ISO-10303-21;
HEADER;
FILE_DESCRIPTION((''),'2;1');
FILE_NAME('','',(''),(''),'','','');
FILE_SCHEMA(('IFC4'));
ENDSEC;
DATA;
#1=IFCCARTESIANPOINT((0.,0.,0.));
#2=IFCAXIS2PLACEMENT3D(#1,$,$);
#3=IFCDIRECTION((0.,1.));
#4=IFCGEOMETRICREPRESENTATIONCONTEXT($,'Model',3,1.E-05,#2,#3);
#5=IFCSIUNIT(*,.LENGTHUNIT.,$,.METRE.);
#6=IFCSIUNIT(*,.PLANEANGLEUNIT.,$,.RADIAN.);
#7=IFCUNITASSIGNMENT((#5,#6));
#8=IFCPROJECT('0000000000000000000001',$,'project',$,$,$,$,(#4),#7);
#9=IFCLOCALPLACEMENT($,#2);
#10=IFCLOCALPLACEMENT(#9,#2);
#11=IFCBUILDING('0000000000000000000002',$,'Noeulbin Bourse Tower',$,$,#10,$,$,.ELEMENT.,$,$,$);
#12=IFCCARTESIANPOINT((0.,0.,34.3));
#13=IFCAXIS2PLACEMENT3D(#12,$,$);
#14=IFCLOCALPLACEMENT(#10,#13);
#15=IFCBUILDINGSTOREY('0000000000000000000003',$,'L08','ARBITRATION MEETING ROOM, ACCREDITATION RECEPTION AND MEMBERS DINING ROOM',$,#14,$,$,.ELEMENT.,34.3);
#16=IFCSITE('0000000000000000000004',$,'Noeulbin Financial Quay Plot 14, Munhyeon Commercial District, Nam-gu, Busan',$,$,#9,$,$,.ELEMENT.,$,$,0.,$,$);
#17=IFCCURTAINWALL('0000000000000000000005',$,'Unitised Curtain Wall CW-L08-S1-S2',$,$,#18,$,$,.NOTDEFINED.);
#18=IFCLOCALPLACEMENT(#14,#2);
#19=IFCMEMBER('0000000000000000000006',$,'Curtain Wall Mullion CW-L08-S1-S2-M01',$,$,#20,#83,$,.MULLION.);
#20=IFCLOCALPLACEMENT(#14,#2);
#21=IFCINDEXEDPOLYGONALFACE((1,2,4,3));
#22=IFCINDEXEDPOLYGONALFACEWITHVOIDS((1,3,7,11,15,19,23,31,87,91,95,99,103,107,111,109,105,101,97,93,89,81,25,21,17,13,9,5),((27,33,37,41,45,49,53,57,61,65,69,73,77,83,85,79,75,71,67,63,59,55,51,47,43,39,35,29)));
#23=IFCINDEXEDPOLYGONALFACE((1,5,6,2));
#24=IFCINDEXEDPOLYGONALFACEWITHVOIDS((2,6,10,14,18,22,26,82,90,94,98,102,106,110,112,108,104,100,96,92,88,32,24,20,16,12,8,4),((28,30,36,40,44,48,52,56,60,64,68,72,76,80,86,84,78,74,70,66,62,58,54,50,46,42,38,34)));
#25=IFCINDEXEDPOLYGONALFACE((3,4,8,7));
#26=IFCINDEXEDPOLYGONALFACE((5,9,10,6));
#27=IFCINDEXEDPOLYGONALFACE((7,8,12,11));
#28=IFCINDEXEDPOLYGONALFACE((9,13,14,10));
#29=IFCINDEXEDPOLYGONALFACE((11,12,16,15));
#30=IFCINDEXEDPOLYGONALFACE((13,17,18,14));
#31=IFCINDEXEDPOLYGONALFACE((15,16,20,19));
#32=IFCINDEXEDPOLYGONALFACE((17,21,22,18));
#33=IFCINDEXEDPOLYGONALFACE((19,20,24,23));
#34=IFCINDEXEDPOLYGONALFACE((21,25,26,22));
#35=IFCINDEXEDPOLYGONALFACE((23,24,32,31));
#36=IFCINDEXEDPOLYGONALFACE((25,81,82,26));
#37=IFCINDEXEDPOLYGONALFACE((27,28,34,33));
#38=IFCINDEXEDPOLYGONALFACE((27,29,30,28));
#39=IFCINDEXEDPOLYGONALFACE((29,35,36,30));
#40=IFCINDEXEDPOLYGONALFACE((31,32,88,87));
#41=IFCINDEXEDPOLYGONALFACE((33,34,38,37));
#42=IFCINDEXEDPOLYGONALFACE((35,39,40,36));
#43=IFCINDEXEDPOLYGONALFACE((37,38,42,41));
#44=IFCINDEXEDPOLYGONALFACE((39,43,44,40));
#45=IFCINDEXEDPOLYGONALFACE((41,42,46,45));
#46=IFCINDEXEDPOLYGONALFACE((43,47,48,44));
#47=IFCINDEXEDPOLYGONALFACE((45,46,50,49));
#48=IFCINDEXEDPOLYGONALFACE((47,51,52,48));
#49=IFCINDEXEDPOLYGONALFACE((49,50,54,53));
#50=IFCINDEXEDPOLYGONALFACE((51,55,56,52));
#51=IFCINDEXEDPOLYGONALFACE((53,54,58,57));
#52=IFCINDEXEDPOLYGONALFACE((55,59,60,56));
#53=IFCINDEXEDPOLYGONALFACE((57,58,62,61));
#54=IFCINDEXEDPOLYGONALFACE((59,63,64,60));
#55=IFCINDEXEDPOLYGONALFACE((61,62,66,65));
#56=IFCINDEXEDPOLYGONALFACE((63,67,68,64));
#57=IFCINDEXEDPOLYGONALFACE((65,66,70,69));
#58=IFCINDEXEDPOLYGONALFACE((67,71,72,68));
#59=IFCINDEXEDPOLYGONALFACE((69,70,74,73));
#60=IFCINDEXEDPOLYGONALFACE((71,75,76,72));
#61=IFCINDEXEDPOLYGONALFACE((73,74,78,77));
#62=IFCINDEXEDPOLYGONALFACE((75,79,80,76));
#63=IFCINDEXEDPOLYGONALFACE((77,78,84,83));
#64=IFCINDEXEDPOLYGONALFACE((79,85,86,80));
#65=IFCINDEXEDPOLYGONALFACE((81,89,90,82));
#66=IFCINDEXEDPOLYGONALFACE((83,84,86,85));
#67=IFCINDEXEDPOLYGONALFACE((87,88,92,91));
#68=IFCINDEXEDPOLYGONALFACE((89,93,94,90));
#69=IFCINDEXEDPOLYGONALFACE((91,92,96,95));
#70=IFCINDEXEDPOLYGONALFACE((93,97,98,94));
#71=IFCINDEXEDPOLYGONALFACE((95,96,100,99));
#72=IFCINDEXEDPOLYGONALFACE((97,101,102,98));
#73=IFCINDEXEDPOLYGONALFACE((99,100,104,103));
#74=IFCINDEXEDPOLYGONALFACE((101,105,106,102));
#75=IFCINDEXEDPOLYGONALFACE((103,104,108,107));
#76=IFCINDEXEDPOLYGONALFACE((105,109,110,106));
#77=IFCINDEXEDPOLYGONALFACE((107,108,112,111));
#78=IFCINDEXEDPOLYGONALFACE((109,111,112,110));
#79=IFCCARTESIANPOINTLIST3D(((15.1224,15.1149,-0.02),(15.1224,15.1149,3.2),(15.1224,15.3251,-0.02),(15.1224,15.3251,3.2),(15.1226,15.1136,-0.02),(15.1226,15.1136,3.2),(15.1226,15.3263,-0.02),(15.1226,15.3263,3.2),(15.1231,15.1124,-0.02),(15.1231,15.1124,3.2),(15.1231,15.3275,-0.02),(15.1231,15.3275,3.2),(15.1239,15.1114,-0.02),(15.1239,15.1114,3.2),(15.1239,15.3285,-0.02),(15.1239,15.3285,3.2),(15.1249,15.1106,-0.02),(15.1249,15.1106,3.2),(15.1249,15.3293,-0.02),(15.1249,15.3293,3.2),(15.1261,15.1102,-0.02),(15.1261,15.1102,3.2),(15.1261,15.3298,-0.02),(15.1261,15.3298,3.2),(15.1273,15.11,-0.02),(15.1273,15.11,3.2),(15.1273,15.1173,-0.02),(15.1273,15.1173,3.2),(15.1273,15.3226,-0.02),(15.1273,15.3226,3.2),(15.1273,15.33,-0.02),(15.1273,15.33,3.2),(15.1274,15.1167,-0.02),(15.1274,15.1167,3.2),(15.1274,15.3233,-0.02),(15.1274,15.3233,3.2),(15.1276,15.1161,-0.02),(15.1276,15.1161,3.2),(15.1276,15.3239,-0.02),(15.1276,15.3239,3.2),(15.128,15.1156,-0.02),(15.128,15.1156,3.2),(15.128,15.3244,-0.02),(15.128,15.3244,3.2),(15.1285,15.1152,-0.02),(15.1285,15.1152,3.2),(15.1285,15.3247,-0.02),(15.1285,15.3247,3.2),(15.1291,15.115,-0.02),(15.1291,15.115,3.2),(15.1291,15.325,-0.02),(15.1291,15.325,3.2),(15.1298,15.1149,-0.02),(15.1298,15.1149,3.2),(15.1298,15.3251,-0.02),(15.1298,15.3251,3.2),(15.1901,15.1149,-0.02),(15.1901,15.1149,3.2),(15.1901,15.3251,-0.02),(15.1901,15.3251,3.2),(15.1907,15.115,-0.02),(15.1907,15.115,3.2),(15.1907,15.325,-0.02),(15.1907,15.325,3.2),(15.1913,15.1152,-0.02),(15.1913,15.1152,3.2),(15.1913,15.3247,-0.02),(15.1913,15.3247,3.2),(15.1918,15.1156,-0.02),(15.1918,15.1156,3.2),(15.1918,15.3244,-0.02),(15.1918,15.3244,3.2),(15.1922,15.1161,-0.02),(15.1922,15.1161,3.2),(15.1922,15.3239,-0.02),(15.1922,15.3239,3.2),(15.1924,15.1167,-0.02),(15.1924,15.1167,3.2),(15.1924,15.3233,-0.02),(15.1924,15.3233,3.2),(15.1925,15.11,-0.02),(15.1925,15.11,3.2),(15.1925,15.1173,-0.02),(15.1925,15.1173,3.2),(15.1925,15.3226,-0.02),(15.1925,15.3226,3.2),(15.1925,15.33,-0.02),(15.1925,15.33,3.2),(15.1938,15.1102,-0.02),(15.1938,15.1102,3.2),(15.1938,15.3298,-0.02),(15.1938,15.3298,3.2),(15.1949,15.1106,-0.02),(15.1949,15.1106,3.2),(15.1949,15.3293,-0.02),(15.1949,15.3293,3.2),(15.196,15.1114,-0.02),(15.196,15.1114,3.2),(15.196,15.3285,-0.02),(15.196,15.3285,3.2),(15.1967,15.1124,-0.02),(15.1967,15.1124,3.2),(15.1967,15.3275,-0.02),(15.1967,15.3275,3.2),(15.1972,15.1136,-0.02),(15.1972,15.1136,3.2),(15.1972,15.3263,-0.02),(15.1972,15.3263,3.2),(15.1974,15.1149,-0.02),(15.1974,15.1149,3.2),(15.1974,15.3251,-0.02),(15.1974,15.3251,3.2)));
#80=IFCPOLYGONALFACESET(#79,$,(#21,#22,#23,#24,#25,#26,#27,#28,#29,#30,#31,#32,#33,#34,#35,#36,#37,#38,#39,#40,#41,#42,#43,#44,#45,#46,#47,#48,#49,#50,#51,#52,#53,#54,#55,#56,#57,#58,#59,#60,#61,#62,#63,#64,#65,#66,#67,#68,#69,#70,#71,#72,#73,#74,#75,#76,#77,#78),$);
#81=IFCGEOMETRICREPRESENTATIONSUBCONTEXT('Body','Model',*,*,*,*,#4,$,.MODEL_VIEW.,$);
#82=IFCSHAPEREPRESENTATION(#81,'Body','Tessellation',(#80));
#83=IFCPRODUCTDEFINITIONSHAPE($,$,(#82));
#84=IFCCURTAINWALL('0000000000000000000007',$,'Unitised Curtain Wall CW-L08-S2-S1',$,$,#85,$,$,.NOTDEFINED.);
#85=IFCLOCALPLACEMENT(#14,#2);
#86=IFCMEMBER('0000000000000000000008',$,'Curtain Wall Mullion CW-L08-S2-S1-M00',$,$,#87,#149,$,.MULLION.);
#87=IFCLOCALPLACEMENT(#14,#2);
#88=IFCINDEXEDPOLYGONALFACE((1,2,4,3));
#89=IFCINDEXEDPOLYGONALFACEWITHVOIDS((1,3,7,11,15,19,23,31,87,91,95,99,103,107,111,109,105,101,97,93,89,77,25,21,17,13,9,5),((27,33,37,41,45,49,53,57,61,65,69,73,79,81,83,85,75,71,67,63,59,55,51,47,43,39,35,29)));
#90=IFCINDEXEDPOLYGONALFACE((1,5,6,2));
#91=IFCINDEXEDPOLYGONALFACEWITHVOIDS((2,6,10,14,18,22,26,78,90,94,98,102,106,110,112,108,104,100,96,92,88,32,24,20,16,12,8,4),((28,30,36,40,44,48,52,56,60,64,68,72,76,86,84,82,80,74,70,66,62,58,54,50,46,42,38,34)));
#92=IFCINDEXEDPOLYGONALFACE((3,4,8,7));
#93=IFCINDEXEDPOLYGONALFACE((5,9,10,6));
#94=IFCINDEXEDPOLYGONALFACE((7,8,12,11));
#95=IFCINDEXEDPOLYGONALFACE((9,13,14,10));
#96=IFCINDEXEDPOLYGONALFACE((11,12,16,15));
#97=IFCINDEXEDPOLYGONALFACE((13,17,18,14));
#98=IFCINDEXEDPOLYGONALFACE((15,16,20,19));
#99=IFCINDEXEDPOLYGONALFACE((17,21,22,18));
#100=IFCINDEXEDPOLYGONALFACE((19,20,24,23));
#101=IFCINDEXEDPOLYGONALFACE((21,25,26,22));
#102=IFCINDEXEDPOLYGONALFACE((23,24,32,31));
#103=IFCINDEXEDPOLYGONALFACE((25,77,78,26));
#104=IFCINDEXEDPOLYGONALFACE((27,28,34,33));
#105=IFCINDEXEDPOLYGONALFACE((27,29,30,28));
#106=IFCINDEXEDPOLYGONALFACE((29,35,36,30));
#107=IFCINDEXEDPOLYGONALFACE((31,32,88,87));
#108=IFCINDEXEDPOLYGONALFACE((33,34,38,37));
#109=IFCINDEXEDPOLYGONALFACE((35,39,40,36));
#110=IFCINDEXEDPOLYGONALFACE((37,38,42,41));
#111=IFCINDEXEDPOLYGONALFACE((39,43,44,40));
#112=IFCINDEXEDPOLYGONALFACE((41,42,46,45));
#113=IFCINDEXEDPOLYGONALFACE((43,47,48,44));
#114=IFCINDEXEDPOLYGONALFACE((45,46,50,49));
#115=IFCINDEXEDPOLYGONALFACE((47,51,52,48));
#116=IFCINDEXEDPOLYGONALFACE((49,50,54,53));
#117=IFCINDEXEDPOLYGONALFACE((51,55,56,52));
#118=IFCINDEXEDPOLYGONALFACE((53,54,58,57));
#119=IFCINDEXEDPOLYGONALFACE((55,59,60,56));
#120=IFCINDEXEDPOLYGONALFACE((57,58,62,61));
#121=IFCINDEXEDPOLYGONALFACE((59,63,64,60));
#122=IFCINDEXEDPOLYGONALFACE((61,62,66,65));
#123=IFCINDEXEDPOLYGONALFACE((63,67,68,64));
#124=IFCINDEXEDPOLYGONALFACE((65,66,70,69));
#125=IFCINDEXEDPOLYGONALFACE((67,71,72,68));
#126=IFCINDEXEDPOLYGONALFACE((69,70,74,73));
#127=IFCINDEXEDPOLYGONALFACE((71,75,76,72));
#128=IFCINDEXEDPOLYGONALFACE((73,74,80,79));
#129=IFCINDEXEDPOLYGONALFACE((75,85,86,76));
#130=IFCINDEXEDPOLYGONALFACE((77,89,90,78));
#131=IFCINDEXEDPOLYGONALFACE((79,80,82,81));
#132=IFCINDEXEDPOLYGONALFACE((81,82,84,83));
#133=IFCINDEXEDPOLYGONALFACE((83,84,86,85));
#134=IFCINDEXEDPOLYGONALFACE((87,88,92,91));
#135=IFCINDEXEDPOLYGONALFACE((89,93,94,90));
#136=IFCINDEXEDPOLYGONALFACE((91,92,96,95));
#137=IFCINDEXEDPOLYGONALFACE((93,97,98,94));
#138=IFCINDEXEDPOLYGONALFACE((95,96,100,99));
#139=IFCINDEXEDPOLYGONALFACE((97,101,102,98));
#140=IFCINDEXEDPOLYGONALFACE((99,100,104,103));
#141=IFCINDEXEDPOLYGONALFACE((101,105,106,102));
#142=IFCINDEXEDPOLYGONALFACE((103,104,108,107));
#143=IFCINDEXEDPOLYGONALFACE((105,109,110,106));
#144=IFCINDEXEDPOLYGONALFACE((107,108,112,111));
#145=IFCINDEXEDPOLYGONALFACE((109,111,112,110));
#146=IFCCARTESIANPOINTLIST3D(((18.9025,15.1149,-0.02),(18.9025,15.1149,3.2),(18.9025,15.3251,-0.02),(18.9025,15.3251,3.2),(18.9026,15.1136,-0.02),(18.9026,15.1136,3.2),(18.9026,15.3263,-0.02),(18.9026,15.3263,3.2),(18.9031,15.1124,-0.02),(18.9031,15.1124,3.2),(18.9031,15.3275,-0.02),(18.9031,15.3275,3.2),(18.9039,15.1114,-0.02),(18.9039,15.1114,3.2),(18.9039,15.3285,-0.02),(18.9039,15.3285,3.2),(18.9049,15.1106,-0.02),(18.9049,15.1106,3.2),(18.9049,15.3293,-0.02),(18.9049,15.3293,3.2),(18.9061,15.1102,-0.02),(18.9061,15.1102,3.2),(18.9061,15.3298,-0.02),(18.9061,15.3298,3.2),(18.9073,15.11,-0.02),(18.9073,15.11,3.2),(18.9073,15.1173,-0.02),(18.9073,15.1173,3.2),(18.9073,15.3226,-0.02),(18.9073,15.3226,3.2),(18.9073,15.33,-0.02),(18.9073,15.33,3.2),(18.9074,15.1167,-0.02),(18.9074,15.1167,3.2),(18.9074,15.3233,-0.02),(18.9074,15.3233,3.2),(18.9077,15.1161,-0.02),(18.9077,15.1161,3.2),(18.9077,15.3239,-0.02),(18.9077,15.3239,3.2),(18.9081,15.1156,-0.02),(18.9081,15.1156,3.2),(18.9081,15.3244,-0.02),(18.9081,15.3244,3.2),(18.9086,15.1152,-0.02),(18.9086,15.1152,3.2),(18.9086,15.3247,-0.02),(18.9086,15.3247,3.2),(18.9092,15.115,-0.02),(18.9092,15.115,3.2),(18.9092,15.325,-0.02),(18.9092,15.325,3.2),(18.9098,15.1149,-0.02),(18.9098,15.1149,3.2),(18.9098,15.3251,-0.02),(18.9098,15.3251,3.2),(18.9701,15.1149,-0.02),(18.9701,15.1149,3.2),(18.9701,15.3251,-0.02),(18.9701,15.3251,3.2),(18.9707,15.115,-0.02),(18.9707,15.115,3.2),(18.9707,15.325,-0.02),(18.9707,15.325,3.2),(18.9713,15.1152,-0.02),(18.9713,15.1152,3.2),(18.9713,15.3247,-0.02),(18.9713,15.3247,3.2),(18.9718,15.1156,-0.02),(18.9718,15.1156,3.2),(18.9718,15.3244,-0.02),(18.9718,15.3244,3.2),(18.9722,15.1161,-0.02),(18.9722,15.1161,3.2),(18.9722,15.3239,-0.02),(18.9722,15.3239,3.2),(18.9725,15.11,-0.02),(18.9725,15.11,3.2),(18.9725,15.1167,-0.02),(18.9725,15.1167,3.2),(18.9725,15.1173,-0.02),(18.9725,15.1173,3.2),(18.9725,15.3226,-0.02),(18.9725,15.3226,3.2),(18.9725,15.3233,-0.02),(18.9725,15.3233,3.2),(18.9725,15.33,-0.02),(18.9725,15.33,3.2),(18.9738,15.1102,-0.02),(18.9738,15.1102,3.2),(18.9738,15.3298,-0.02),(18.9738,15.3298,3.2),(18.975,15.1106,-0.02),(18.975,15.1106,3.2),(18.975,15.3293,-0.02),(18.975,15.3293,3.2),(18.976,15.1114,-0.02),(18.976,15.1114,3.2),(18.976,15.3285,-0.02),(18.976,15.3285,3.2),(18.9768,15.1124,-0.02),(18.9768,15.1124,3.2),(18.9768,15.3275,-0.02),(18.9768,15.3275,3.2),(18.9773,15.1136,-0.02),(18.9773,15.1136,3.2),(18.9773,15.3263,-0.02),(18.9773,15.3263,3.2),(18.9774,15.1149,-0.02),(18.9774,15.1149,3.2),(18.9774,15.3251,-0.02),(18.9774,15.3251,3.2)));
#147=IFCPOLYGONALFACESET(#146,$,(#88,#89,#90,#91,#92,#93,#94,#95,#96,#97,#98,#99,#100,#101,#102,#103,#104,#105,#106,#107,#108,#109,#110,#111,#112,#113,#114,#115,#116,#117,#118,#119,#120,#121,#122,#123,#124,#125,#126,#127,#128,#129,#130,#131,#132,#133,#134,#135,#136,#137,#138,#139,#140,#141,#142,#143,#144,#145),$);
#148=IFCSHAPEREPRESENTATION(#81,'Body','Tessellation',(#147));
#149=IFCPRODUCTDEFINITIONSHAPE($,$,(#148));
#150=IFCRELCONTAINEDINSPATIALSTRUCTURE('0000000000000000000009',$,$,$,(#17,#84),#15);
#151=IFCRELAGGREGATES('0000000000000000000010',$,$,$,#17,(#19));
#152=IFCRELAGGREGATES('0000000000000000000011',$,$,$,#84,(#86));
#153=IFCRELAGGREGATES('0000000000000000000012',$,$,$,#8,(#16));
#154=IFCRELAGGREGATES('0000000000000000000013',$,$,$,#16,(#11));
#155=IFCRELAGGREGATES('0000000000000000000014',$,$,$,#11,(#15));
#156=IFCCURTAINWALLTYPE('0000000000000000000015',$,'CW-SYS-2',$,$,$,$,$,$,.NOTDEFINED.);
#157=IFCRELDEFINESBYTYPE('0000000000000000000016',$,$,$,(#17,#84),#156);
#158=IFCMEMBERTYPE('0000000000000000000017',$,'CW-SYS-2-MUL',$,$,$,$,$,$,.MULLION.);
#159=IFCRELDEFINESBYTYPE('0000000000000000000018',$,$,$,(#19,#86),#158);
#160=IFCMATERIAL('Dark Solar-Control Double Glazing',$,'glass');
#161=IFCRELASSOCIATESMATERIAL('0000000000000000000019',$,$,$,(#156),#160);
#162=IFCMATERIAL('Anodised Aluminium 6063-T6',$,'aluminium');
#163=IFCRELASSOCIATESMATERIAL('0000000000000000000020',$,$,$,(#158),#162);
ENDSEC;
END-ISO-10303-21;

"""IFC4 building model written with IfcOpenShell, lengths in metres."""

from ifc_helpers import new_model, si_unit, direction, frame, origin, origin_2d, place, context, subcontext, project, spatial, hollow_rectangle, extrude, material, material_profile, profile_set, type_object, element, aggregate, save


model = new_model("IFC4")

# Units and contexts
model_context = context("Model", 3, precision=1e-05, world=origin(), true_north=direction((0.0, 1.0)))
body_context = subcontext(model_context, "Body", "Model", "MODEL_VIEW")
ifc_project = project(units=[si_unit("LENGTHUNIT", "METRE"), si_unit("PLANEANGLEUNIT", "RADIAN")], contexts=[model_context])

# Site, building, storey
site_placement = place(None, origin())
site = spatial("IfcSite", under=ifc_project, at=site_placement, Name="Noeulbin Financial Quay Plot 14, Munhyeon Commercial District, Nam-gu, Busan", CompositionType="ELEMENT", RefElevation=0.0)
building_placement = place(site_placement, origin())
building = spatial("IfcBuilding", under=site, at=building_placement, Name="Noeulbin Bourse Tower", CompositionType="ELEMENT")
storey_placement = place(building_placement, frame((0.0, 0.0, 34.3)))
storey = spatial("IfcBuildingStorey", under=building, at=storey_placement, Name="L08", Description="ARBITRATION MEETING ROOM, ACCREDITATION RECEPTION AND MEMBERS DINING ROOM", CompositionType="ELEMENT", Elevation=34.3)

# Curtain wall, member
ifc_material_1 = material(Name="Dark Solar-Control Double Glazing", Category="glass")
curtain_wall_type = type_object("IfcCurtainWallType", Name="CW-SYS-2", PredefinedType="NOTDEFINED", material=ifc_material_1)
curtain_wall_1_placement = place(storey_placement, origin())
curtain_wall_1 = element("IfcCurtainWall", 1, at=curtain_wall_1_placement, inside=storey, type_object=curtain_wall_type, Name="Unitised Curtain Wall CW-L08-S1-S2", PredefinedType="NOTDEFINED")
ifc_material_2 = material(Name="Anodised Aluminium 6063-T6", Category="aluminium")
ifc_material_profile_1 = material_profile(ifc_material_2, hollow_rectangle(XDim=0.075, YDim=0.22, WallThickness=0.0049, InnerFilletRadius=0.0024, OuterFilletRadius=0.0049, at=origin_2d()), Name="ALU-MULL-75x220x5", Category="LoadBearing")
ifc_profile_set_1 = profile_set([ifc_material_profile_1], Name="Anodised Aluminium 6063-T6")
member_type_1 = type_object("IfcMemberType", Name="CW-SYS-2-MUL", PredefinedType="MULLION", material=ifc_profile_set_1)
member_1_placement = place(storey_placement, frame((15.1599, 15.22, -0.02), z_axis=(0.0, 0.0, 1.0), x_axis=(1.0, 0.0, 0.0)))
member_1 = element("IfcMember", 2, at=member_1_placement, type_object=member_type_1, Name="Curtain Wall Mullion CW-L08-S1-S2-M01", PredefinedType="MULLION", context=body_context, shape_type="SweptSolid", body=[
    extrude(hollow_rectangle(XDim=0.075, YDim=0.22, WallThickness=0.0049, InnerFilletRadius=0.0024, OuterFilletRadius=0.0049, at=origin_2d()), origin(), (0.0, 0.0, 1.0), 3.22),
])
aggregate(curtain_wall_1, [member_1])

# Curtain wall, member
curtain_wall_2_placement = place(storey_placement, origin())
curtain_wall_2 = element("IfcCurtainWall", 3, at=curtain_wall_2_placement, inside=storey, type_object=curtain_wall_type, Name="Unitised Curtain Wall CW-L08-S2-S1", PredefinedType="NOTDEFINED")
member_2_placement = place(storey_placement, frame((18.9399, 15.22, -0.02), z_axis=(0.0, 0.0, 1.0), x_axis=(1.0, 0.0, 0.0)))
member_2 = element("IfcMember", 4, at=member_2_placement, type_object=member_type_1, Name="Curtain Wall Mullion CW-L08-S2-S1-M00", PredefinedType="MULLION", context=body_context, shape_type="SweptSolid", body=[
    extrude(hollow_rectangle(XDim=0.075, YDim=0.22, WallThickness=0.0049, InnerFilletRadius=0.0024, OuterFilletRadius=0.0049, at=origin_2d()), origin(), (0.0, 0.0, 1.0), 3.22),
])
aggregate(curtain_wall_2, [member_2])

save(model, "model.ifc")
